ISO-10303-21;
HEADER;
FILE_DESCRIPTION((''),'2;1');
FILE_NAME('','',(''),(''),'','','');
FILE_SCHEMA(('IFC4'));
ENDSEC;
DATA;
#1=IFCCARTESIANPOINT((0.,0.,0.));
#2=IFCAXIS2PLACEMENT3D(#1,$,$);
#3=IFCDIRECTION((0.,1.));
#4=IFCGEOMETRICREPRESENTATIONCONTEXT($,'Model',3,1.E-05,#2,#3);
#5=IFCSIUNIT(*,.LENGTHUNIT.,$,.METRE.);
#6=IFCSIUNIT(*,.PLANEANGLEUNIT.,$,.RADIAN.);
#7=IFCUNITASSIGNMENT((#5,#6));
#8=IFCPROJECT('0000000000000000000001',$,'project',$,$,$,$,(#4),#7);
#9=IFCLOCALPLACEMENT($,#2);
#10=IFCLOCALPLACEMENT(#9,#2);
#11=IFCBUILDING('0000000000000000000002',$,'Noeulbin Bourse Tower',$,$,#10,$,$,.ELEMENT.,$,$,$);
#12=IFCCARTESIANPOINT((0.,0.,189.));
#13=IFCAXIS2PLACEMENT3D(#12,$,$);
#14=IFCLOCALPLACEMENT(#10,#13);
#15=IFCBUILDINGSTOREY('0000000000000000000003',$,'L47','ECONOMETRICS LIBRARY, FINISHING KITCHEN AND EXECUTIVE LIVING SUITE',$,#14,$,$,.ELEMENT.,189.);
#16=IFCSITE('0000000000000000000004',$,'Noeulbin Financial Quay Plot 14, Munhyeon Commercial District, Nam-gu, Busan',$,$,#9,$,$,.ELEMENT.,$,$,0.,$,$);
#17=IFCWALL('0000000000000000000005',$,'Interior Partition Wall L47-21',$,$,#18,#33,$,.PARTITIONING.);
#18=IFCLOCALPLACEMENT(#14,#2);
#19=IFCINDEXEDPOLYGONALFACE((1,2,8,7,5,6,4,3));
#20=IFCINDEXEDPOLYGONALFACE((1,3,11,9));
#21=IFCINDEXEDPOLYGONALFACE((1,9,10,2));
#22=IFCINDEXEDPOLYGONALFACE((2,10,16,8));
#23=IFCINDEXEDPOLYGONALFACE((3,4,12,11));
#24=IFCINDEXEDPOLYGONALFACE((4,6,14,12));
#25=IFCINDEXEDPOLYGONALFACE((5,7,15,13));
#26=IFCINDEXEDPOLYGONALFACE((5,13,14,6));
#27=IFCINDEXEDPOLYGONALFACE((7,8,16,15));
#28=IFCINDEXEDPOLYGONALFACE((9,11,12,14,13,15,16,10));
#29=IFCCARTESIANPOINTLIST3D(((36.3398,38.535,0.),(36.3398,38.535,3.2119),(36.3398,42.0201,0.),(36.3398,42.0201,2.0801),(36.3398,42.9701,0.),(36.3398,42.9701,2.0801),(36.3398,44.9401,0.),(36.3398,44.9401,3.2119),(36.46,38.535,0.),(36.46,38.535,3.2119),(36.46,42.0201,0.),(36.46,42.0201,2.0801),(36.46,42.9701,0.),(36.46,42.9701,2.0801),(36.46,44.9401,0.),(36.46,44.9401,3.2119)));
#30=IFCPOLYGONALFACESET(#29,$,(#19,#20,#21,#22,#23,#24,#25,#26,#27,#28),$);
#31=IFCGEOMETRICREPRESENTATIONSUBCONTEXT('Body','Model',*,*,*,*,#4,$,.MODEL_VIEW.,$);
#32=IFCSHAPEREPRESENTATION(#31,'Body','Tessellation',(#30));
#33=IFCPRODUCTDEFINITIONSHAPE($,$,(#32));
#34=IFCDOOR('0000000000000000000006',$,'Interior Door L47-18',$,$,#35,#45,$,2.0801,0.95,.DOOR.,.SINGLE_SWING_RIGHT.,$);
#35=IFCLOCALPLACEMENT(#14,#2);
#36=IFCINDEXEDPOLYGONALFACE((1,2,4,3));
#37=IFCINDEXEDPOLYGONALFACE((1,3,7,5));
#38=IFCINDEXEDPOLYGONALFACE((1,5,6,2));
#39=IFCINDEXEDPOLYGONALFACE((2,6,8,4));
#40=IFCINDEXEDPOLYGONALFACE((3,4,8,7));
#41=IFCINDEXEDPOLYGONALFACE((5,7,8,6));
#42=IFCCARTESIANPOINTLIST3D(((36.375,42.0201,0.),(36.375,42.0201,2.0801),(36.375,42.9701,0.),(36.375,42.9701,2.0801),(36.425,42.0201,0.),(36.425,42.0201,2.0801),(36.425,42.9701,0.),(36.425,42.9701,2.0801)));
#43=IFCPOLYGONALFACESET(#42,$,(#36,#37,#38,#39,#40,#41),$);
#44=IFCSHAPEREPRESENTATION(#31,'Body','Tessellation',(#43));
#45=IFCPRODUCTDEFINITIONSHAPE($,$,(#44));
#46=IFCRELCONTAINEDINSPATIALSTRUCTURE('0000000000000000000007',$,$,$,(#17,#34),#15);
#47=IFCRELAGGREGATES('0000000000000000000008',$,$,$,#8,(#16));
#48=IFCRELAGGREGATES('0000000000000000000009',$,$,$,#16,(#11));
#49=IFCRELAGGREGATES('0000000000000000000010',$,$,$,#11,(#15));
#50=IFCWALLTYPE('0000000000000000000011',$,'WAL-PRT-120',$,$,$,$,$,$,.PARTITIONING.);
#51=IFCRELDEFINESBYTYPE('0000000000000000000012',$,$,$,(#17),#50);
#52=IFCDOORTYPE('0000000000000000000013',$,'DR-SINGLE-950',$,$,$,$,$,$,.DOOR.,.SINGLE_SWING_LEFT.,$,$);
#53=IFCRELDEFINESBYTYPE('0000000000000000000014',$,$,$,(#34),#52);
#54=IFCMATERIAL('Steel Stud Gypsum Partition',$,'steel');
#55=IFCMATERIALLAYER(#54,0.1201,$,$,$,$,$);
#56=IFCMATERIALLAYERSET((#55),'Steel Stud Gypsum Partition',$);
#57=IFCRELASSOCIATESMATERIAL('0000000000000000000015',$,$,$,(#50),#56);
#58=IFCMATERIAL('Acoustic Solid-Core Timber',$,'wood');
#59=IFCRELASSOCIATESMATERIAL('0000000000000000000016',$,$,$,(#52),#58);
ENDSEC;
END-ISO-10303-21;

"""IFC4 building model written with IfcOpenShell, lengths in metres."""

from ifc_helpers import new_model, si_unit, direction, frame, frame_2d, origin, place, context, subcontext, project, spatial, rectangle, extrude, material, layer, layer_set, type_object, element, fill, save


model = new_model("IFC4")

# Units and contexts
model_context = context("Model", 3, precision=1e-05, world=origin(), true_north=direction((0.0, 1.0)))
body_context = subcontext(model_context, "Body", "Model", "MODEL_VIEW")
ifc_project = project(units=[si_unit("LENGTHUNIT", "METRE"), si_unit("PLANEANGLEUNIT", "RADIAN")], contexts=[model_context])

# Site, building, storey
site_placement = place(None, origin())
site = spatial("IfcSite", under=ifc_project, at=site_placement, Name="Noeulbin Financial Quay Plot 14, Munhyeon Commercial District, Nam-gu, Busan", CompositionType="ELEMENT", RefElevation=0.0)
building_placement = place(site_placement, origin())
building = spatial("IfcBuilding", under=site, at=building_placement, Name="Noeulbin Bourse Tower", CompositionType="ELEMENT")
storey_placement = place(building_placement, frame((0.0, 0.0, 189.0)))
storey = spatial("IfcBuildingStorey", under=building, at=storey_placement, Name="L47", Description="ECONOMETRICS LIBRARY, FINISHING KITCHEN AND EXECUTIVE LIVING SUITE", CompositionType="ELEMENT", Elevation=189.0)

# Wall, opening, door
ifc_material_1 = material(Name="Steel Stud Gypsum Partition", Category="steel")
ifc_layer_1 = layer(ifc_material_1, 0.1201)
ifc_layer_set_1 = layer_set([ifc_layer_1], Name="Steel Stud Gypsum Partition")
wall_type = type_object("IfcWallType", Name="WAL-PRT-120", PredefinedType="PARTITIONING", material=ifc_layer_set_1)
wall_placement = place(storey_placement, frame((36.3999, 38.5349, 0.0), z_axis=(0.0, 0.0, 1.0), x_axis=(0.0, 1.0, 0.0)))
wall = element("IfcWall", 1, at=wall_placement, inside=storey, type_object=wall_type, Name="Interior Partition Wall L47-21", PredefinedType="PARTITIONING", context=body_context, shape_type="SweptSolid", body=[
    extrude(rectangle(XDim=6.405, YDim=0.1201, at=frame_2d((3.2026, 0.0))), origin(), (0.0, 0.0, 1.0), 3.2119),
])
opening_placement = place(wall_placement, frame((3.4851, 0.0, 0.0)))
opening = element("IfcOpeningElement", 2, at=opening_placement, cuts=wall, PredefinedType="OPENING", context=body_context, shape_type="SweptSolid", body=[
    extrude(rectangle(XDim=0.95, YDim=2.0801, at=frame_2d((0.4751, 1.04))), frame((0.0, 0.0701, 0.0), z_axis=(0.0, -1.0, 0.0), x_axis=(1.0, 0.0, 0.0)), (0.0, 0.0, 1.0), 0.1401),
])
ifc_material_2 = material(Name="Acoustic Solid-Core Timber", Category="wood")
door_type = type_object("IfcDoorType", Name="DR-SINGLE-950", OperationType="SINGLE_SWING_LEFT", PredefinedType="DOOR", material=ifc_material_2)
door_placement = place(opening_placement, origin())
door = element("IfcDoor", 3, at=door_placement, inside=storey, type_object=door_type, Name="Interior Door L47-18", OperationType="SINGLE_SWING_RIGHT", OverallHeight=2.0801, OverallWidth=0.95, PredefinedType="DOOR", context=body_context, shape_type="SweptSolid", body=[
    extrude(rectangle(XDim=0.95, YDim=2.0801, at=frame_2d((0.4751, 1.04))), frame((0.0, 0.0249, 0.0), z_axis=(0.0, -1.0, 0.0), x_axis=(1.0, 0.0, 0.0)), (0.0, 0.0, 1.0), 0.05),
])
fill(opening, door)

save(model, "model.ifc")
